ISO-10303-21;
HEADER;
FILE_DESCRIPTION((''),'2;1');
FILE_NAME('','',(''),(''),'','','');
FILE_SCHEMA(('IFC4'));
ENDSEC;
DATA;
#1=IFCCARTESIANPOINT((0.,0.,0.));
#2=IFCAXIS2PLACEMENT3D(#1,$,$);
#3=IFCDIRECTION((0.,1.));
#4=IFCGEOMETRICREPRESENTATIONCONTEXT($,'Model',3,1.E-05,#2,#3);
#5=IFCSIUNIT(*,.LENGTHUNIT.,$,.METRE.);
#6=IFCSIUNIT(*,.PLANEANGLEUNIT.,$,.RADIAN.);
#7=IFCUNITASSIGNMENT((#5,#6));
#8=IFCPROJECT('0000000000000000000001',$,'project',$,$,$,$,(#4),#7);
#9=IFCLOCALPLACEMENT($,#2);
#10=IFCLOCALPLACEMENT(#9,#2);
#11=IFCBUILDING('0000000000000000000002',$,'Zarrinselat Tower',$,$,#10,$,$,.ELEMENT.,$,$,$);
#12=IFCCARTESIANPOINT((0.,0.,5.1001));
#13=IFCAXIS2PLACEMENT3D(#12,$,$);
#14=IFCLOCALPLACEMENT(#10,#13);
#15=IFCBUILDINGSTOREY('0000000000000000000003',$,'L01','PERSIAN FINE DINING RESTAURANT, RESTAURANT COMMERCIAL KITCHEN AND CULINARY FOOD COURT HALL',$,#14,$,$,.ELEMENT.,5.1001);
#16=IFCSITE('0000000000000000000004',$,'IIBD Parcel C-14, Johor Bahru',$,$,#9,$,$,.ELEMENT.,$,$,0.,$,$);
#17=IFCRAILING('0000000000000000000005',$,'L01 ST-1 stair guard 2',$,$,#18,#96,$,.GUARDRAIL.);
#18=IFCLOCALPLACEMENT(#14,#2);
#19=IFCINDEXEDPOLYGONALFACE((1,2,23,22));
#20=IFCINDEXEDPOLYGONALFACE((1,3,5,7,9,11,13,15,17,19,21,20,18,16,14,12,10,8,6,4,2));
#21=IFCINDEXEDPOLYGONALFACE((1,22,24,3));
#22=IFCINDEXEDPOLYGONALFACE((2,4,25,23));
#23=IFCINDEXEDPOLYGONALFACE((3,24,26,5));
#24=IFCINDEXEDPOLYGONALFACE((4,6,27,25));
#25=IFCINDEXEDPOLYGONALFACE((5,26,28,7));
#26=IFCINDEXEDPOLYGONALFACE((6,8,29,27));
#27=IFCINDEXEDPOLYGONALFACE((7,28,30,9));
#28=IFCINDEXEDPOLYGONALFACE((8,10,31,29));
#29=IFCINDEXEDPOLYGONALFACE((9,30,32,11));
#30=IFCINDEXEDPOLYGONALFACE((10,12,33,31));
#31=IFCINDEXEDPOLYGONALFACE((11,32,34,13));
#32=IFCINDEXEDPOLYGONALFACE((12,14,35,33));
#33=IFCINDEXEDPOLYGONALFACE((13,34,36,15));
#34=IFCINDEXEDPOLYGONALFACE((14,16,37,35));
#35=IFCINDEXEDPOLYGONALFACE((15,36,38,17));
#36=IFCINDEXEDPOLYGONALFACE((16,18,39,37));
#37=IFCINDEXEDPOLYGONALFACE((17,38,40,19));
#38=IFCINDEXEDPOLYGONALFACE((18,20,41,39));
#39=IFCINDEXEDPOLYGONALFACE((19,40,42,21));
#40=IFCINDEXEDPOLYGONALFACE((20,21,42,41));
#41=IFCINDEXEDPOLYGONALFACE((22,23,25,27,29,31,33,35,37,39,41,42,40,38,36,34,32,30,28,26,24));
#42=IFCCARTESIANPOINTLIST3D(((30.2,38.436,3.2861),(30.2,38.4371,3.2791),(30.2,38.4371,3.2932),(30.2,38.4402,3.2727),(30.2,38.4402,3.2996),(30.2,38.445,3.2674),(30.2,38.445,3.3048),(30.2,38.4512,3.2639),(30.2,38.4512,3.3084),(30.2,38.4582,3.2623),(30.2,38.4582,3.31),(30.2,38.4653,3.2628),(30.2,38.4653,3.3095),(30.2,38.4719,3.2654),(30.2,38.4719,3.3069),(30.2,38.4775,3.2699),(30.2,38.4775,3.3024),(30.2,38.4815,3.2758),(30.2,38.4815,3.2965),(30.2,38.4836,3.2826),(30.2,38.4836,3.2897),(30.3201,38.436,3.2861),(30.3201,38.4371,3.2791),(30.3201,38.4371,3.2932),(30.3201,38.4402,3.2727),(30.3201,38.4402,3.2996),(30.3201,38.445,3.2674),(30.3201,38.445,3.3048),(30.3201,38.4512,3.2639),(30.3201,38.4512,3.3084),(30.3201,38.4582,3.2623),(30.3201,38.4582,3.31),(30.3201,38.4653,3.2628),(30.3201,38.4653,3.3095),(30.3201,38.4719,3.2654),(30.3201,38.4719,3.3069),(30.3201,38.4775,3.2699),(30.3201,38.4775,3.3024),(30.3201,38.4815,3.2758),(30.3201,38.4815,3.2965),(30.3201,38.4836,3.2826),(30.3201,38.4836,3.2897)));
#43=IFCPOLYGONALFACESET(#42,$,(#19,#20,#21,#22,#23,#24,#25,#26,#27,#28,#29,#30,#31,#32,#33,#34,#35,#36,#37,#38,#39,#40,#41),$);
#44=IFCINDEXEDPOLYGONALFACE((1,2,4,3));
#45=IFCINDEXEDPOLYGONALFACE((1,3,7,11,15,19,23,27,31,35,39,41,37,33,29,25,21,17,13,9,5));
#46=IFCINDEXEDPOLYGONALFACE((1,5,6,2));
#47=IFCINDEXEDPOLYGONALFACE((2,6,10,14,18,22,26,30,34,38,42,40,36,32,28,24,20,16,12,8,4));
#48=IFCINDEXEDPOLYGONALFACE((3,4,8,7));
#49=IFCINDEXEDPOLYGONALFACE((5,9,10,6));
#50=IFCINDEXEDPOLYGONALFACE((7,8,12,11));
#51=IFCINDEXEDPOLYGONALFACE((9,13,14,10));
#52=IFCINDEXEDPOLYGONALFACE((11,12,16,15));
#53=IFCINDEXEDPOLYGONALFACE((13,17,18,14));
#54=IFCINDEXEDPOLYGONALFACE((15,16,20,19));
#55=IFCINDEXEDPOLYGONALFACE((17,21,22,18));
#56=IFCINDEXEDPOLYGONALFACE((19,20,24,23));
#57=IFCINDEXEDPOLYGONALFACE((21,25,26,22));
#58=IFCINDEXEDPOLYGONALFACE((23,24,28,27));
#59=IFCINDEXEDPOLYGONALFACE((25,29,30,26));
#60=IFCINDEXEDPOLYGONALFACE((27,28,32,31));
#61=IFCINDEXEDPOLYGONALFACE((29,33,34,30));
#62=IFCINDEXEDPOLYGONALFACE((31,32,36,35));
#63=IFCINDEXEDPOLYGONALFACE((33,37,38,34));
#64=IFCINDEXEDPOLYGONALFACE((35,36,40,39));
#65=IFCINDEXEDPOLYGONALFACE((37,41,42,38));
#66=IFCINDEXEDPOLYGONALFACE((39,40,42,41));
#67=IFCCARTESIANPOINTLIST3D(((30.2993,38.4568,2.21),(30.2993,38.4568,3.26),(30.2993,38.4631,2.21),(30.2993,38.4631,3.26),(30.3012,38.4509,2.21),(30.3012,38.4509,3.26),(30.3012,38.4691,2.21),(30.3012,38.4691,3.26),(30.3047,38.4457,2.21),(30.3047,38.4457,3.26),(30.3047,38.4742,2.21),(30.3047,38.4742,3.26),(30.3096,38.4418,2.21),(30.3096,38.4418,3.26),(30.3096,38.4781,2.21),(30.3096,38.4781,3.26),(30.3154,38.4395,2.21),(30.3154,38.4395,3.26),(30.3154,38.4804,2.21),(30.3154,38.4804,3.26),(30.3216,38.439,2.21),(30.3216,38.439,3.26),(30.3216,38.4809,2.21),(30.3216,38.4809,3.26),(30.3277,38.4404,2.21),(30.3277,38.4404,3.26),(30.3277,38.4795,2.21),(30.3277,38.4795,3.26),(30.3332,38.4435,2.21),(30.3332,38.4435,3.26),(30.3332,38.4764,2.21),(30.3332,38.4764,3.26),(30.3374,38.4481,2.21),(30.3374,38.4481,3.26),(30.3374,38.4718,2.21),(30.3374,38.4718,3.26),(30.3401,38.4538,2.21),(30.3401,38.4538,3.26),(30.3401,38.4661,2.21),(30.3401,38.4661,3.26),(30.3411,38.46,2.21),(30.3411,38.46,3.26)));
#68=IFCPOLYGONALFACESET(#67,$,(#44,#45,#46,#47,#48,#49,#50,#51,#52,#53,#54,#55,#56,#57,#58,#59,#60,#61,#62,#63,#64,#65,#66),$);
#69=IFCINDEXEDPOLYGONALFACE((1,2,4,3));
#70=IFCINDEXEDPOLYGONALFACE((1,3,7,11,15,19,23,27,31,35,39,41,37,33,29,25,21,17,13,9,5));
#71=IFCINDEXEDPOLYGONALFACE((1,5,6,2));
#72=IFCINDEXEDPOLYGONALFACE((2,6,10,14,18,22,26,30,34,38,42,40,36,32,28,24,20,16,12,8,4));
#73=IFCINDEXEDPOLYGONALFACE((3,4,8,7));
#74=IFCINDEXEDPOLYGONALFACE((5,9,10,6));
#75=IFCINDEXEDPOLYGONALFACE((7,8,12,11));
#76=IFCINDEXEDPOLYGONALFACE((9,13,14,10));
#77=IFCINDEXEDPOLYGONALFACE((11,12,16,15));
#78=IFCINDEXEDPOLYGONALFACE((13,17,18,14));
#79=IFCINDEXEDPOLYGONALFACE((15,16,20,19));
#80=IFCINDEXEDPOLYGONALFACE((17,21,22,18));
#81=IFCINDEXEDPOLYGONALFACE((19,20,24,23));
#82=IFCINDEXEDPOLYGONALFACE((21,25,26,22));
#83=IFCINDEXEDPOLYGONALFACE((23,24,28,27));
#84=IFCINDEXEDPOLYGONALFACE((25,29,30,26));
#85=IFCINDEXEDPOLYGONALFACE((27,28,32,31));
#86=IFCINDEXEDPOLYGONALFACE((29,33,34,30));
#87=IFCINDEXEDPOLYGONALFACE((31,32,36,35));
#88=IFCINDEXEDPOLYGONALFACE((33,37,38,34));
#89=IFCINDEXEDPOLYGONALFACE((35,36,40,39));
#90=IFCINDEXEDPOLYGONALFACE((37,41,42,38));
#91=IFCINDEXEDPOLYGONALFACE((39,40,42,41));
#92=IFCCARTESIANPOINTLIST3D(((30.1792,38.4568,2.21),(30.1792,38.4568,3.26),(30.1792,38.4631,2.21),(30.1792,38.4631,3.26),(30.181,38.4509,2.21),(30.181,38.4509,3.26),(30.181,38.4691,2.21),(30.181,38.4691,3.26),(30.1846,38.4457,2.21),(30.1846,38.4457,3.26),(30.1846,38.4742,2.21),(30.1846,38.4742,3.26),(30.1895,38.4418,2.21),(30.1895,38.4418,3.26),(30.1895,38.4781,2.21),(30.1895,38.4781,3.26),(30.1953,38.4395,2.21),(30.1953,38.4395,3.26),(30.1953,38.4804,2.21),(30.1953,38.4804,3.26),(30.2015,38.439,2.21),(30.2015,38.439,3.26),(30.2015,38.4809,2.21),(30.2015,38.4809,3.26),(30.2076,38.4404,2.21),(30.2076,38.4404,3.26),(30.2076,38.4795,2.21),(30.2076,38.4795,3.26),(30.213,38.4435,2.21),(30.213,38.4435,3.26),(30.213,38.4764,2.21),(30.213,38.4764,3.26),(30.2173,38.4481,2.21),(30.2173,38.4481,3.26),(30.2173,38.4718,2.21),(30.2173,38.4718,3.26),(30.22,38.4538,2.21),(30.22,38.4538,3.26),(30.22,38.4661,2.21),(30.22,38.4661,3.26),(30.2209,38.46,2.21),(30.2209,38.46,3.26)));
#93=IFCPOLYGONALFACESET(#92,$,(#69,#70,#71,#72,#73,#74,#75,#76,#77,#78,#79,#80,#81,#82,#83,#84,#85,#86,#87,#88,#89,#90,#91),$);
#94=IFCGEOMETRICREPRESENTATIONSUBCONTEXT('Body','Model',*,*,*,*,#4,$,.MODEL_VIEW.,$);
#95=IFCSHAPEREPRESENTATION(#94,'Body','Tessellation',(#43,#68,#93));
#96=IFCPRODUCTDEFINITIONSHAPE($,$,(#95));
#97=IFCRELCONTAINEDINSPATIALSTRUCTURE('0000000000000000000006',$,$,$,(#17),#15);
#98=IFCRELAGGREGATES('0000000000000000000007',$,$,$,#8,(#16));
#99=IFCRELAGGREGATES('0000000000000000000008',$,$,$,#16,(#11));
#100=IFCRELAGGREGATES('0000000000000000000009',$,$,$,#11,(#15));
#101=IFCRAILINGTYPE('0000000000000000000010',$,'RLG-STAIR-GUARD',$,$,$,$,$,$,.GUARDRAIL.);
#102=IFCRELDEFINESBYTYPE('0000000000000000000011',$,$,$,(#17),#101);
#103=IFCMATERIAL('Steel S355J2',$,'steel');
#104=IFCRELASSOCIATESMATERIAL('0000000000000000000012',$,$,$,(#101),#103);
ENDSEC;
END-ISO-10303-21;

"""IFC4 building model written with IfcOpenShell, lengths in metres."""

from ifc_helpers import new_model, si_unit, direction, frame, origin, origin_2d, place, context, subcontext, project, spatial, circle, extrude, material, type_object, element, save


model = new_model("IFC4")

# Units and contexts
model_context = context("Model", 3, precision=1e-05, world=origin(), true_north=direction((0.0, 1.0)))
body_context = subcontext(model_context, "Body", "Model", "MODEL_VIEW")
ifc_project = project(units=[si_unit("LENGTHUNIT", "METRE"), si_unit("PLANEANGLEUNIT", "RADIAN")], contexts=[model_context])

# Site, building, storey
site_placement = place(None, origin())
site = spatial("IfcSite", under=ifc_project, at=site_placement, Name="IIBD Parcel C-14, Johor Bahru", CompositionType="ELEMENT", RefElevation=0.0)
building_placement = place(site_placement, origin())
building = spatial("IfcBuilding", under=site, at=building_placement, Name="Zarrinselat Tower", CompositionType="ELEMENT")
storey_placement = place(building_placement, frame((0.0, 0.0, 5.1001)))
storey = spatial("IfcBuildingStorey", under=building, at=storey_placement, Name="L01", Description="PERSIAN FINE DINING RESTAURANT, RESTAURANT COMMERCIAL KITCHEN AND CULINARY FOOD COURT HALL", CompositionType="ELEMENT", Elevation=5.1001)

# Railing
ifc_material_1 = material(Name="Steel S355J2", Category="steel")
railing_type_1 = type_object("IfcRailingType", Name="RLG-STAIR-GUARD", PredefinedType="GUARDRAIL", material=ifc_material_1)
railing_1_placement = place(storey_placement, frame((30.3201, 38.46, 2.21)))
element("IfcRailing", 1, at=railing_1_placement, inside=storey, type_object=railing_type_1, Name="L01 ST-1 stair guard 2", PredefinedType="GUARDRAIL", context=body_context, shape_type="SweptSolid", body=[
    extrude(circle(Radius=0.0239, at=origin_2d()), frame((0.0, 0.0, 1.0762), z_axis=(-1.0, 0.0, 0.0), x_axis=(0.0, -1.0, 0.0)), (0.0, 0.0, 1.0), 0.1201),
    extrude(circle(Radius=0.021, at=origin_2d()), origin(), (0.0, 0.0, 1.0), 1.05),
    extrude(circle(Radius=0.021, at=origin_2d()), frame((-0.1201, 0.0, 0.0)), (0.0, 0.0, 1.0), 1.05),
])

save(model, "model.ifc")
